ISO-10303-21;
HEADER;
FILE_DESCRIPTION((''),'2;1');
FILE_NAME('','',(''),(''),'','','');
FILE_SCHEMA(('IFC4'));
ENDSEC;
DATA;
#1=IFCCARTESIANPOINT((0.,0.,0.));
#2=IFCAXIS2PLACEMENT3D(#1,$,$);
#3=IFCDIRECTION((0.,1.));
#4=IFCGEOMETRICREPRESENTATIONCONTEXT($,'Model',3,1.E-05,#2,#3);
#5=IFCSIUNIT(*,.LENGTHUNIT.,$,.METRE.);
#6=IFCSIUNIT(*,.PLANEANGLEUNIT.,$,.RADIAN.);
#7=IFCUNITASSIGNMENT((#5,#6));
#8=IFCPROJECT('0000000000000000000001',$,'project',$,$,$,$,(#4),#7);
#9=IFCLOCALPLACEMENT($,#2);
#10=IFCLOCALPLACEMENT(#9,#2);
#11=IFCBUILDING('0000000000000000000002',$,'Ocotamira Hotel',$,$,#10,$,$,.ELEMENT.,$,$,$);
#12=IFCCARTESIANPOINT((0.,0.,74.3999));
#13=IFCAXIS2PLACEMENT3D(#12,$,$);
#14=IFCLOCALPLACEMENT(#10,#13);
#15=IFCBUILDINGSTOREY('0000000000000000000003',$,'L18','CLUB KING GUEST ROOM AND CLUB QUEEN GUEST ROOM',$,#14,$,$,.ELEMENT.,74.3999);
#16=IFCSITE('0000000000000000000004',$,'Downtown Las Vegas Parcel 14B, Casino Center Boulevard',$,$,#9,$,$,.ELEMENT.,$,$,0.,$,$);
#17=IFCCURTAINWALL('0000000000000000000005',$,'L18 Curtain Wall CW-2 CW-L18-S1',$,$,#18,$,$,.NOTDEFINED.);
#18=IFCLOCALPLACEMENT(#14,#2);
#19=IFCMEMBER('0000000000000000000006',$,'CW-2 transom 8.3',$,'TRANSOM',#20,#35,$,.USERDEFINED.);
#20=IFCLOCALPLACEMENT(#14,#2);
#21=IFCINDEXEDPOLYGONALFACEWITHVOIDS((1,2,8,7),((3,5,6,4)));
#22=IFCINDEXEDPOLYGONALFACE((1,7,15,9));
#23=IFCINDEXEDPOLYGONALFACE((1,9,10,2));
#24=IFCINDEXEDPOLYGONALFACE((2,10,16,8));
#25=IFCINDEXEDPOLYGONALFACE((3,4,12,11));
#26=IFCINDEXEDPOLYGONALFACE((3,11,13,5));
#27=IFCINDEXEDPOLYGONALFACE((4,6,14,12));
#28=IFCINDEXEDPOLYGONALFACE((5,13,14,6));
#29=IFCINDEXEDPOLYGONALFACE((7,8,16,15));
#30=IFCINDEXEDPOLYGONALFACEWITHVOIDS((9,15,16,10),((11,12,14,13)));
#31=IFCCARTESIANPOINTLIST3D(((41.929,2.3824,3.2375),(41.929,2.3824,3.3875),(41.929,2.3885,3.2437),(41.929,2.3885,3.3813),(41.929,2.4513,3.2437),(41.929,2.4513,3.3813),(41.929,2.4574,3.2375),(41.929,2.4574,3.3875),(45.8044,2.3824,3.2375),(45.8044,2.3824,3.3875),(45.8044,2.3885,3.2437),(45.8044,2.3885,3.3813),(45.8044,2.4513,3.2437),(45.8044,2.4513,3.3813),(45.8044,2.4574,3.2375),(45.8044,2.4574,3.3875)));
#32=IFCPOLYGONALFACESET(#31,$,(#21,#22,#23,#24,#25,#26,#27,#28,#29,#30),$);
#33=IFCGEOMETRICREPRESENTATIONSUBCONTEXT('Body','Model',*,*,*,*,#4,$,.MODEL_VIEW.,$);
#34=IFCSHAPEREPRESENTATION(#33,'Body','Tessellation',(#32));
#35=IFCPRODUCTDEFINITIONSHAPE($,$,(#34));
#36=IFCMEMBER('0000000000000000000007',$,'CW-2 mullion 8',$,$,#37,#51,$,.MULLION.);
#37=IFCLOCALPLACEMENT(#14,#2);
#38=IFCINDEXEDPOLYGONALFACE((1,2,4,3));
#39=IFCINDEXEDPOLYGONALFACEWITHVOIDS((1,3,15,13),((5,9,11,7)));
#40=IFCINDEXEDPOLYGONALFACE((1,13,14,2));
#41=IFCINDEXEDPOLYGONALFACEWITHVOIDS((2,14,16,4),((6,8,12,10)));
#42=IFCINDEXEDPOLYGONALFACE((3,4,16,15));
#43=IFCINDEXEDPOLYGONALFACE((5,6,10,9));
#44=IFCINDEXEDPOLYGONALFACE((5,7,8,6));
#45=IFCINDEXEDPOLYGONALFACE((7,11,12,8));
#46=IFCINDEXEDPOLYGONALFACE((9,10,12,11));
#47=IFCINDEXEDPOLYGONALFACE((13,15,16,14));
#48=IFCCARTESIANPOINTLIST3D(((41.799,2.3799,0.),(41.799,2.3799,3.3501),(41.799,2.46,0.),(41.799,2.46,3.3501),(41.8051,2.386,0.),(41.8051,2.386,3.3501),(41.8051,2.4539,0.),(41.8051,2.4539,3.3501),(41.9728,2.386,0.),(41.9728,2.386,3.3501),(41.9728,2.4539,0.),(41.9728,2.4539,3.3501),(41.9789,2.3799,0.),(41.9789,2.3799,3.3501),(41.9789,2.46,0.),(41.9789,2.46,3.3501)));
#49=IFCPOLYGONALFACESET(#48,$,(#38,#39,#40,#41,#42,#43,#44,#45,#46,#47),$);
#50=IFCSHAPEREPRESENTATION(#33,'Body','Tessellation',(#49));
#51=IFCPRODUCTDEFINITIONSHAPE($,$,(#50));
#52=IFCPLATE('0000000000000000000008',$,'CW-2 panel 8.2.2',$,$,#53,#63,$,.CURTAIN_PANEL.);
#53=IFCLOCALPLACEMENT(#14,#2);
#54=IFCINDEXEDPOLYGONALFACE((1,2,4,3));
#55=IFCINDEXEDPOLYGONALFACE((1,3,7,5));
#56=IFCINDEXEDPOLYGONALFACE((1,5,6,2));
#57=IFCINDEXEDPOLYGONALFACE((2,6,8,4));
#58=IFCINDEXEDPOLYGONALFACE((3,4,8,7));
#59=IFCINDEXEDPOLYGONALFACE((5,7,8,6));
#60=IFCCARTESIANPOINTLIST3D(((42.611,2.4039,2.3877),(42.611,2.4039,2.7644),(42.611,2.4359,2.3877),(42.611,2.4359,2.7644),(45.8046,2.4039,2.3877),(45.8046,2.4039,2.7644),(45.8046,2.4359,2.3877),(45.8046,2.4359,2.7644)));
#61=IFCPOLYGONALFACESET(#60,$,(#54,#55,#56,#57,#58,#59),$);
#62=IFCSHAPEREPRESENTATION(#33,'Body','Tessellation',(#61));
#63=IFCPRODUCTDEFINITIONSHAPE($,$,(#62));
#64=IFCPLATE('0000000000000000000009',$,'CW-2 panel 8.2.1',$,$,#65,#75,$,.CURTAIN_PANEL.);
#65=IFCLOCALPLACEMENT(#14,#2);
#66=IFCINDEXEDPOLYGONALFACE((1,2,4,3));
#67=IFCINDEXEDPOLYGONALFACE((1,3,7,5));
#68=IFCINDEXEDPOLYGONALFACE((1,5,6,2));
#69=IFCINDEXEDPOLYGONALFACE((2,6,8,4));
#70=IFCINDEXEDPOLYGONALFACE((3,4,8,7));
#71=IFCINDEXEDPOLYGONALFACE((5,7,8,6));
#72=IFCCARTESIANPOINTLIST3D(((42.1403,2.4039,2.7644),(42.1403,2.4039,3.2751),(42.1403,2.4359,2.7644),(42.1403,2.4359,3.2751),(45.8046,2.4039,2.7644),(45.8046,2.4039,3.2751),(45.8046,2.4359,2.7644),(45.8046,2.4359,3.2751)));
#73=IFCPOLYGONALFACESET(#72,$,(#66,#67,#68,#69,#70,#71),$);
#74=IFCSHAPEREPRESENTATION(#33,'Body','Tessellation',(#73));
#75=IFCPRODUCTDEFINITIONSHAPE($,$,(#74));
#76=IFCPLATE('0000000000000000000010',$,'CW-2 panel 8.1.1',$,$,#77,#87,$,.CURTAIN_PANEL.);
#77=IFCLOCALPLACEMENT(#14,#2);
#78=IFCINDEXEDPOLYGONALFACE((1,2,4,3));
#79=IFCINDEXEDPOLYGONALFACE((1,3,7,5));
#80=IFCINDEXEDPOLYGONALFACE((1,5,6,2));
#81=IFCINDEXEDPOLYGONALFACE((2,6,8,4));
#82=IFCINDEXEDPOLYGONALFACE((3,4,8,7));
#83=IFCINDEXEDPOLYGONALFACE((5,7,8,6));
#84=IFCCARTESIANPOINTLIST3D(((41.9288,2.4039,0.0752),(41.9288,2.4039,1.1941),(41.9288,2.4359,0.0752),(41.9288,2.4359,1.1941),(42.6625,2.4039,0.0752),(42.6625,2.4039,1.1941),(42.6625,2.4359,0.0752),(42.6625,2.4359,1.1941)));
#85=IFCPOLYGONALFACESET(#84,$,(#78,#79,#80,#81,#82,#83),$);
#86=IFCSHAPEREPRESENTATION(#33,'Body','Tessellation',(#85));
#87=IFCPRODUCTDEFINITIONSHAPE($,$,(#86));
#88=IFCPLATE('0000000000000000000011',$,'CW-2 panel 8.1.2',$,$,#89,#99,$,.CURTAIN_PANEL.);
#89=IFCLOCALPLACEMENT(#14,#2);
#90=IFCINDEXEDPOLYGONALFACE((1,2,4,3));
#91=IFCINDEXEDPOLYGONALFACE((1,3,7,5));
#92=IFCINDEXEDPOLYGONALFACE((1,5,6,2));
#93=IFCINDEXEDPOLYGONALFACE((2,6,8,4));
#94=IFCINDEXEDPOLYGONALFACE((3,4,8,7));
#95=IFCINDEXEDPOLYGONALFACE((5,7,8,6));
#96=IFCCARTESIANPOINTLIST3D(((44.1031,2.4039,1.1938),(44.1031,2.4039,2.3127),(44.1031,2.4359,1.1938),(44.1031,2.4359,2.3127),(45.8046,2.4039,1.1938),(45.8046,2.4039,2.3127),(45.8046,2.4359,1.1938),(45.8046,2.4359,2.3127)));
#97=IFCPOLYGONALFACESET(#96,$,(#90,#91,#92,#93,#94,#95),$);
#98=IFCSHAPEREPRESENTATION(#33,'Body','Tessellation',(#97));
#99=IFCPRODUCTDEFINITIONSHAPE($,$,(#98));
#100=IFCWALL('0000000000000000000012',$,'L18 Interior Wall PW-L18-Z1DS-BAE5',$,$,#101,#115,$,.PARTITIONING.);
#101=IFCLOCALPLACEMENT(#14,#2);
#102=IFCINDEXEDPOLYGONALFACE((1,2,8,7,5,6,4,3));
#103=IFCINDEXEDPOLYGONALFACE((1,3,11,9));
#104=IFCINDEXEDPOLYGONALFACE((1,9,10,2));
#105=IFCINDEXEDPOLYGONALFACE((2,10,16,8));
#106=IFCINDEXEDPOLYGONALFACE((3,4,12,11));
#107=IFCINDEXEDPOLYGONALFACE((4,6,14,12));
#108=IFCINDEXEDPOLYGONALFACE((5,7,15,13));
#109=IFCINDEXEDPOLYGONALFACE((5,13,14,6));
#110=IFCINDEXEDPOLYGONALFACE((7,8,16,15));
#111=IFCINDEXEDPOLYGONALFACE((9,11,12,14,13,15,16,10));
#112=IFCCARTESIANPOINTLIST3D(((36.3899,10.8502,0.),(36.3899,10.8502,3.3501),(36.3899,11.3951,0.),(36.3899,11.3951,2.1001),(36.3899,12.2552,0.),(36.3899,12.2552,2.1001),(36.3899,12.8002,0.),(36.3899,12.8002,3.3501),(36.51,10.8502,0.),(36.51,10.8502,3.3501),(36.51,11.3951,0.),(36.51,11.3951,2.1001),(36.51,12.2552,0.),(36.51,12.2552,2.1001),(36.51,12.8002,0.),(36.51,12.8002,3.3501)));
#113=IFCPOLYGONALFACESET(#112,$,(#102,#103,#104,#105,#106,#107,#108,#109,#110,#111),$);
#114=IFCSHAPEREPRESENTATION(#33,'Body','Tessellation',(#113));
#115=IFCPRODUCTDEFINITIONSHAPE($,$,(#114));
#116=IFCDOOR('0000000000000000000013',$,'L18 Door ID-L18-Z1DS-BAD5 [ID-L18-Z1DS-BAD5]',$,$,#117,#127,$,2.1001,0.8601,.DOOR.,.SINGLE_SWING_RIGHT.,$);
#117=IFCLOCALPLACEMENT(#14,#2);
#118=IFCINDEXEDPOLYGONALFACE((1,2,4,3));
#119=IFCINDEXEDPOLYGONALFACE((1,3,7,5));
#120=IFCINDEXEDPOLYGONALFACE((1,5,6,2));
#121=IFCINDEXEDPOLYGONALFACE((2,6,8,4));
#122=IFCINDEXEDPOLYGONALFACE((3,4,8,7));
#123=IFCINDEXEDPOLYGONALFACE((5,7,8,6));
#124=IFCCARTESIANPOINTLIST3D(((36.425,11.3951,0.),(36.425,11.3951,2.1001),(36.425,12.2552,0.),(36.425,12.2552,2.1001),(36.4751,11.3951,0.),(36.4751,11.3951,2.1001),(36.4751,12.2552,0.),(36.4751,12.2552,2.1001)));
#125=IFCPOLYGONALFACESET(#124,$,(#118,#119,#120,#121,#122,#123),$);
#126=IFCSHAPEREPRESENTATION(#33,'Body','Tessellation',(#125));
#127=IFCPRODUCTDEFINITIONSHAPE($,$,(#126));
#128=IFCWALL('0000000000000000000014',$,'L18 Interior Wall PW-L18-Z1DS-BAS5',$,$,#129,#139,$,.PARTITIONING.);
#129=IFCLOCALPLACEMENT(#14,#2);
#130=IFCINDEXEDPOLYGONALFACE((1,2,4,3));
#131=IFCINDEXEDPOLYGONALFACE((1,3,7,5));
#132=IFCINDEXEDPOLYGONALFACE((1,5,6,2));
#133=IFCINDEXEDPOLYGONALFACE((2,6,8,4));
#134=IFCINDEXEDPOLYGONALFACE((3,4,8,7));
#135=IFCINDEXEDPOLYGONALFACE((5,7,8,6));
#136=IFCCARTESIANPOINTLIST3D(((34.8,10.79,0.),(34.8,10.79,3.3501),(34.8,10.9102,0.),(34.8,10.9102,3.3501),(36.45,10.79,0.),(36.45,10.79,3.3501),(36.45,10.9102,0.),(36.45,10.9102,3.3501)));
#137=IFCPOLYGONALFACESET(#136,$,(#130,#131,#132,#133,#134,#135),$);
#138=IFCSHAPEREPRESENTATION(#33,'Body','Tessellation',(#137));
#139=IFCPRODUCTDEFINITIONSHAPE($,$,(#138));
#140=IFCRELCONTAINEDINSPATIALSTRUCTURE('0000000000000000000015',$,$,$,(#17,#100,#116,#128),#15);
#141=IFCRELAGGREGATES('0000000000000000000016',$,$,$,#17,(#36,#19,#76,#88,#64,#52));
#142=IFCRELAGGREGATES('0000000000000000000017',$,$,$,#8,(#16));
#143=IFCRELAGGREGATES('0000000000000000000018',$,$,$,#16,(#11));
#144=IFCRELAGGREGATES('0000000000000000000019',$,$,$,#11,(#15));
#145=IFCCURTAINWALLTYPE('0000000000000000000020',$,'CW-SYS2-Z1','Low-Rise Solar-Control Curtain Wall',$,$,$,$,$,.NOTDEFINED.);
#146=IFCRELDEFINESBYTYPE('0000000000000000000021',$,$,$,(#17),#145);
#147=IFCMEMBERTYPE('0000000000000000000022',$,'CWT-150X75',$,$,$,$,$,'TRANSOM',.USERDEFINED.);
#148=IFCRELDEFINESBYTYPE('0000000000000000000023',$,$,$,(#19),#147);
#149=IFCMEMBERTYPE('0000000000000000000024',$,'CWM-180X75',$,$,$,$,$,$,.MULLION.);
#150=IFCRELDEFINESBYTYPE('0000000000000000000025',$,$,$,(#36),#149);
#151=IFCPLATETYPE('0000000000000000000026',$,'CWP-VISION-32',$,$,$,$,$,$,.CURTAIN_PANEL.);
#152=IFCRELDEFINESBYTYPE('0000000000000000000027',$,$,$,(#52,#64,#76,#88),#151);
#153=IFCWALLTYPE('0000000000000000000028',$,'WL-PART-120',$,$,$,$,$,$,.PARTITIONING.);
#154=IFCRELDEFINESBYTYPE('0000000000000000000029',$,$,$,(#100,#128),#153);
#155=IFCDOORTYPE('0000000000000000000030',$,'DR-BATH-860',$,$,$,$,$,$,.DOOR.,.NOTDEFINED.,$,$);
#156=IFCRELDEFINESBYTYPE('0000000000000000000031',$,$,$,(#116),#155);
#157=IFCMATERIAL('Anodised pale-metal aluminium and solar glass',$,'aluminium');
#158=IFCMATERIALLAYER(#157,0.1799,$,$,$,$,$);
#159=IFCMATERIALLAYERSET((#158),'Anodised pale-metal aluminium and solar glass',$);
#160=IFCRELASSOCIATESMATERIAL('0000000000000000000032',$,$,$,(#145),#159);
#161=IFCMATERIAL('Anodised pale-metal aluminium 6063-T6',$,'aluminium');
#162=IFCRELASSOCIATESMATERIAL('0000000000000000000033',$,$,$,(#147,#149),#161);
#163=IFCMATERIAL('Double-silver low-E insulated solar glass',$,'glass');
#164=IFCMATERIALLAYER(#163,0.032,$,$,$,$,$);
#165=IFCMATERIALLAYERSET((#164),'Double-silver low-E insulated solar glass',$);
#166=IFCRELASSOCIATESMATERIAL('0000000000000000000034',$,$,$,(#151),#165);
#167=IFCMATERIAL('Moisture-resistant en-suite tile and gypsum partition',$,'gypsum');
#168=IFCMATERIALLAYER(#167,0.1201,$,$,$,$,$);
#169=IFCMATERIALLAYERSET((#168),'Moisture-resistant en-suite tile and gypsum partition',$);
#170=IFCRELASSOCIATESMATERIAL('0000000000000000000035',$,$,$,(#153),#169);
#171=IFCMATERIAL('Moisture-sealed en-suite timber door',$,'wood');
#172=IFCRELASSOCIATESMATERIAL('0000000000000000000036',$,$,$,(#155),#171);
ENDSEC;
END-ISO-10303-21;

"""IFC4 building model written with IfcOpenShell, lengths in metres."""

from ifc_helpers import new_model, si_unit, direction, frame, frame_2d, origin, origin_2d, place, context, subcontext, project, spatial, rectangle, hollow_rectangle, extrude, source, transform, mapped, material, layer, layer_set, material_profile, profile_set, type_object, element, fill, aggregate, save


model = new_model("IFC4")

# Units and contexts
model_context = context("Model", 3, precision=1e-05, world=origin(), true_north=direction((0.0, 1.0)))
body_context = subcontext(model_context, "Body", "Model", "MODEL_VIEW")
ifc_project = project(units=[si_unit("LENGTHUNIT", "METRE"), si_unit("PLANEANGLEUNIT", "RADIAN")], contexts=[model_context])

# Site, building, storey
site_placement = place(None, origin())
site = spatial("IfcSite", under=ifc_project, at=site_placement, Name="Downtown Las Vegas Parcel 14B, Casino Center Boulevard", CompositionType="ELEMENT", RefElevation=0.0)
building_placement = place(site_placement, origin())
building = spatial("IfcBuilding", under=site, at=building_placement, Name="Ocotamira Hotel", CompositionType="ELEMENT")
storey_placement = place(building_placement, frame((0.0, 0.0, 74.3999)))
storey = spatial("IfcBuildingStorey", under=building, at=storey_placement, Name="L18", Description="CLUB KING GUEST ROOM AND CLUB QUEEN GUEST ROOM", CompositionType="ELEMENT", Elevation=74.3999)

# Curtain wall, members, plates
ifc_material_1 = material(Name="Anodised pale-metal aluminium and solar glass", Category="aluminium")
ifc_layer_1 = layer(ifc_material_1, 0.1799)
ifc_layer_set_1 = layer_set([ifc_layer_1], Name="Anodised pale-metal aluminium and solar glass")
curtain_wall_type = type_object("IfcCurtainWallType", Name="CW-SYS2-Z1", Description="Low-Rise Solar-Control Curtain Wall", PredefinedType="NOTDEFINED", material=ifc_layer_set_1)
curtain_wall_placement = place(storey_placement, origin())
curtain_wall = element("IfcCurtainWall", 1, at=curtain_wall_placement, inside=storey, type_object=curtain_wall_type, Name="L18 Curtain Wall CW-2 CW-L18-S1", PredefinedType="NOTDEFINED")
ifc_material_2 = material(Name="Anodised pale-metal aluminium 6063-T6", Category="aluminium")
ifc_material_profile_1 = material_profile(ifc_material_2, hollow_rectangle(XDim=0.075, YDim=0.1499, WallThickness=0.0061, at=origin_2d()), Name="HSS150X75X6")
ifc_profile_set_1 = profile_set([ifc_material_profile_1], Name="Anodised pale-metal aluminium 6063-T6")
member_type_1 = type_object("IfcMemberType", Name="CWT-150X75", ElementType="TRANSOM", PredefinedType="USERDEFINED", material=ifc_profile_set_1)
shared_shape_1 = source(origin(), body_context, "Body", "SweptSolid", [
    extrude(hollow_rectangle(XDim=0.075, YDim=0.1499, WallThickness=0.0061, at=origin_2d()), origin(), (0.0, 0.0, 1.0), 3.8755),
])
member_1_placement = place(storey_placement, frame((41.929, 2.4199, 3.3125), z_axis=(1.0, 0.0, 0.0), x_axis=(0.0, 1.0, 0.0)))
member_1 = element("IfcMember", 2, at=member_1_placement, type_object=member_type_1, Name="CW-2 transom 8.3", ObjectType="TRANSOM", PredefinedType="USERDEFINED", context=body_context, shape_type="MappedRepresentation", body=[
    mapped(shared_shape_1, transform((0.0, 0.0, 0.0), scale=1.0)),
])
ifc_material_profile_2 = material_profile(ifc_material_2, hollow_rectangle(XDim=0.0801, YDim=0.1799, WallThickness=0.0061, at=origin_2d()), Name="HSS180X80X6")
ifc_profile_set_2 = profile_set([ifc_material_profile_2], Name="Anodised pale-metal aluminium 6063-T6")
member_type_2 = type_object("IfcMemberType", Name="CWM-180X75", PredefinedType="MULLION", material=ifc_profile_set_2)
shared_shape_2 = source(origin(), body_context, "Body", "SweptSolid", [
    extrude(hollow_rectangle(XDim=0.0801, YDim=0.1799, WallThickness=0.0061, at=origin_2d()), origin(), (0.0, 0.0, 1.0), 3.3501),
])
member_2_placement = place(storey_placement, frame((41.8889, 2.4199, 0.0), z_axis=(0.0, 0.0, 1.0), x_axis=(0.0, 1.0, 0.0)))
member_2 = element("IfcMember", 3, at=member_2_placement, type_object=member_type_2, Name="CW-2 mullion 8", PredefinedType="MULLION", context=body_context, shape_type="MappedRepresentation", body=[
    mapped(shared_shape_2, transform((0.0, 0.0, 0.0), scale=1.0)),
])
ifc_material_3 = material(Name="Double-silver low-E insulated solar glass", Category="glass")
ifc_layer_2 = layer(ifc_material_3, 0.032)
ifc_layer_set_2 = layer_set([ifc_layer_2], Name="Double-silver low-E insulated solar glass")
plate_type = type_object("IfcPlateType", Name="CWP-VISION-32", PredefinedType="CURTAIN_PANEL", material=ifc_layer_set_2)
shared_shape_3 = source(origin(), body_context, "Body", "SweptSolid", [
    extrude(rectangle(XDim=3.1936, YDim=0.032, at=origin_2d()), origin(), (0.0, 0.0, 1.0), 0.3767),
])
plate_1_placement = place(storey_placement, frame((44.2078, 2.4199, 2.3877), z_axis=(0.0, 0.0, 1.0), x_axis=(1.0, 0.0, 0.0)))
plate_1 = element("IfcPlate", 4, at=plate_1_placement, type_object=plate_type, Name="CW-2 panel 8.2.2", PredefinedType="CURTAIN_PANEL", context=body_context, shape_type="MappedRepresentation", body=[
    mapped(shared_shape_3, transform((0.0, 0.0, 0.0), scale=1.0)),
])
shared_shape_4 = source(origin(), body_context, "Body", "SweptSolid", [
    extrude(rectangle(XDim=3.6643, YDim=0.032, at=origin_2d()), origin(), (0.0, 0.0, 1.0), 0.5107),
])
plate_2_placement = place(storey_placement, frame((43.9724, 2.4199, 2.7644), z_axis=(0.0, 0.0, 1.0), x_axis=(1.0, 0.0, 0.0)))
plate_2 = element("IfcPlate", 5, at=plate_2_placement, type_object=plate_type, Name="CW-2 panel 8.2.1", PredefinedType="CURTAIN_PANEL", context=body_context, shape_type="MappedRepresentation", body=[
    mapped(shared_shape_4, transform((0.0, 0.0, 0.0), scale=1.0)),
])
shared_shape_5 = source(origin(), body_context, "Body", "SweptSolid", [
    extrude(rectangle(XDim=0.7336, YDim=0.032, at=origin_2d()), origin(), (0.0, 0.0, 1.0), 1.1189),
])
plate_3_placement = place(storey_placement, frame((42.2957, 2.4199, 0.0752), z_axis=(0.0, 0.0, 1.0), x_axis=(1.0, 0.0, 0.0)))
plate_3 = element("IfcPlate", 6, at=plate_3_placement, type_object=plate_type, Name="CW-2 panel 8.1.1", PredefinedType="CURTAIN_PANEL", context=body_context, shape_type="MappedRepresentation", body=[
    mapped(shared_shape_5, transform((0.0, 0.0, 0.0), scale=1.0)),
])
shared_shape_6 = source(origin(), body_context, "Body", "SweptSolid", [
    extrude(rectangle(XDim=1.7014, YDim=0.032, at=origin_2d()), origin(), (0.0, 0.0, 1.0), 1.1189),
])
plate_4_placement = place(storey_placement, frame((44.9539, 2.4199, 1.1938), z_axis=(0.0, 0.0, 1.0), x_axis=(1.0, 0.0, 0.0)))
plate_4 = element("IfcPlate", 7, at=plate_4_placement, type_object=plate_type, Name="CW-2 panel 8.1.2", PredefinedType="CURTAIN_PANEL", context=body_context, shape_type="MappedRepresentation", body=[
    mapped(shared_shape_6, transform((0.0, 0.0, 0.0), scale=1.0)),
])
aggregate(curtain_wall, [member_2, member_1, plate_3, plate_4, plate_2, plate_1])

# Wall, opening, door
ifc_material_4 = material(Name="Moisture-resistant en-suite tile and gypsum partition", Category="gypsum")
ifc_layer_3 = layer(ifc_material_4, 0.1201)
ifc_layer_set_3 = layer_set([ifc_layer_3], Name="Moisture-resistant en-suite tile and gypsum partition")
wall_type = type_object("IfcWallType", Name="WL-PART-120", PredefinedType="PARTITIONING", material=ifc_layer_set_3)
wall_1_placement = place(storey_placement, frame((36.45, 10.8501, 0.0), z_axis=(0.0, 0.0, 1.0), x_axis=(0.0, 1.0, 0.0)))
wall_1 = element("IfcWall", 8, at=wall_1_placement, inside=storey, type_object=wall_type, Name="L18 Interior Wall PW-L18-Z1DS-BAE5", PredefinedType="PARTITIONING", context=body_context, shape_type="SweptSolid", body=[
    extrude(rectangle(XDim=1.95, YDim=0.1201, at=frame_2d((0.9751, 0.0))), origin(), (0.0, 0.0, 1.0), 3.3501),
])
opening_placement = place(wall_1_placement, frame((0.5449, 0.0, 0.0)))
opening = element("IfcOpeningElement", 9, at=opening_placement, cuts=wall_1, PredefinedType="OPENING", context=body_context, shape_type="SweptSolid", body=[
    extrude(rectangle(XDim=0.8601, YDim=2.1001, at=frame_2d((0.4302, 1.05))), frame((0.0, 0.0701, 0.0), z_axis=(0.0, -1.0, 0.0), x_axis=(1.0, 0.0, 0.0)), (0.0, 0.0, 1.0), 0.1401),
])
ifc_material_5 = material(Name="Moisture-sealed en-suite timber door", Category="wood")
door_type = type_object("IfcDoorType", Name="DR-BATH-860", OperationType="NOTDEFINED", PredefinedType="DOOR", material=ifc_material_5)
shared_shape_7 = source(origin(), body_context, "Body", "SweptSolid", [
    extrude(rectangle(XDim=0.8601, YDim=2.1001, at=frame_2d((0.4302, 1.05))), frame((0.0, 0.0249, 0.0), z_axis=(0.0, -1.0, 0.0), x_axis=(1.0, 0.0, 0.0)), (0.0, 0.0, 1.0), 0.05),
])
door_placement = place(opening_placement, origin())
door = element("IfcDoor", 10, at=door_placement, inside=storey, type_object=door_type, Name="L18 Door ID-L18-Z1DS-BAD5 [ID-L18-Z1DS-BAD5]", OperationType="SINGLE_SWING_RIGHT", OverallHeight=2.1001, OverallWidth=0.8601, PredefinedType="DOOR", context=body_context, shape_type="MappedRepresentation", body=[
    mapped(shared_shape_7, transform((0.0, 0.0, 0.0), scale=1.0)),
])
fill(opening, door)

# Wall
wall_2_placement = place(storey_placement, frame((34.8, 10.8501, 0.0), z_axis=(0.0, 0.0, 1.0), x_axis=(1.0, 0.0, 0.0)))
element("IfcWall", 11, at=wall_2_placement, inside=storey, type_object=wall_type, Name="L18 Interior Wall PW-L18-Z1DS-BAS5", PredefinedType="PARTITIONING", context=body_context, shape_type="SweptSolid", body=[
    extrude(rectangle(XDim=1.6499, YDim=0.1201, at=frame_2d((0.825, 0.0))), origin(), (0.0, 0.0, 1.0), 3.3501),
])

save(model, "model.ifc")
